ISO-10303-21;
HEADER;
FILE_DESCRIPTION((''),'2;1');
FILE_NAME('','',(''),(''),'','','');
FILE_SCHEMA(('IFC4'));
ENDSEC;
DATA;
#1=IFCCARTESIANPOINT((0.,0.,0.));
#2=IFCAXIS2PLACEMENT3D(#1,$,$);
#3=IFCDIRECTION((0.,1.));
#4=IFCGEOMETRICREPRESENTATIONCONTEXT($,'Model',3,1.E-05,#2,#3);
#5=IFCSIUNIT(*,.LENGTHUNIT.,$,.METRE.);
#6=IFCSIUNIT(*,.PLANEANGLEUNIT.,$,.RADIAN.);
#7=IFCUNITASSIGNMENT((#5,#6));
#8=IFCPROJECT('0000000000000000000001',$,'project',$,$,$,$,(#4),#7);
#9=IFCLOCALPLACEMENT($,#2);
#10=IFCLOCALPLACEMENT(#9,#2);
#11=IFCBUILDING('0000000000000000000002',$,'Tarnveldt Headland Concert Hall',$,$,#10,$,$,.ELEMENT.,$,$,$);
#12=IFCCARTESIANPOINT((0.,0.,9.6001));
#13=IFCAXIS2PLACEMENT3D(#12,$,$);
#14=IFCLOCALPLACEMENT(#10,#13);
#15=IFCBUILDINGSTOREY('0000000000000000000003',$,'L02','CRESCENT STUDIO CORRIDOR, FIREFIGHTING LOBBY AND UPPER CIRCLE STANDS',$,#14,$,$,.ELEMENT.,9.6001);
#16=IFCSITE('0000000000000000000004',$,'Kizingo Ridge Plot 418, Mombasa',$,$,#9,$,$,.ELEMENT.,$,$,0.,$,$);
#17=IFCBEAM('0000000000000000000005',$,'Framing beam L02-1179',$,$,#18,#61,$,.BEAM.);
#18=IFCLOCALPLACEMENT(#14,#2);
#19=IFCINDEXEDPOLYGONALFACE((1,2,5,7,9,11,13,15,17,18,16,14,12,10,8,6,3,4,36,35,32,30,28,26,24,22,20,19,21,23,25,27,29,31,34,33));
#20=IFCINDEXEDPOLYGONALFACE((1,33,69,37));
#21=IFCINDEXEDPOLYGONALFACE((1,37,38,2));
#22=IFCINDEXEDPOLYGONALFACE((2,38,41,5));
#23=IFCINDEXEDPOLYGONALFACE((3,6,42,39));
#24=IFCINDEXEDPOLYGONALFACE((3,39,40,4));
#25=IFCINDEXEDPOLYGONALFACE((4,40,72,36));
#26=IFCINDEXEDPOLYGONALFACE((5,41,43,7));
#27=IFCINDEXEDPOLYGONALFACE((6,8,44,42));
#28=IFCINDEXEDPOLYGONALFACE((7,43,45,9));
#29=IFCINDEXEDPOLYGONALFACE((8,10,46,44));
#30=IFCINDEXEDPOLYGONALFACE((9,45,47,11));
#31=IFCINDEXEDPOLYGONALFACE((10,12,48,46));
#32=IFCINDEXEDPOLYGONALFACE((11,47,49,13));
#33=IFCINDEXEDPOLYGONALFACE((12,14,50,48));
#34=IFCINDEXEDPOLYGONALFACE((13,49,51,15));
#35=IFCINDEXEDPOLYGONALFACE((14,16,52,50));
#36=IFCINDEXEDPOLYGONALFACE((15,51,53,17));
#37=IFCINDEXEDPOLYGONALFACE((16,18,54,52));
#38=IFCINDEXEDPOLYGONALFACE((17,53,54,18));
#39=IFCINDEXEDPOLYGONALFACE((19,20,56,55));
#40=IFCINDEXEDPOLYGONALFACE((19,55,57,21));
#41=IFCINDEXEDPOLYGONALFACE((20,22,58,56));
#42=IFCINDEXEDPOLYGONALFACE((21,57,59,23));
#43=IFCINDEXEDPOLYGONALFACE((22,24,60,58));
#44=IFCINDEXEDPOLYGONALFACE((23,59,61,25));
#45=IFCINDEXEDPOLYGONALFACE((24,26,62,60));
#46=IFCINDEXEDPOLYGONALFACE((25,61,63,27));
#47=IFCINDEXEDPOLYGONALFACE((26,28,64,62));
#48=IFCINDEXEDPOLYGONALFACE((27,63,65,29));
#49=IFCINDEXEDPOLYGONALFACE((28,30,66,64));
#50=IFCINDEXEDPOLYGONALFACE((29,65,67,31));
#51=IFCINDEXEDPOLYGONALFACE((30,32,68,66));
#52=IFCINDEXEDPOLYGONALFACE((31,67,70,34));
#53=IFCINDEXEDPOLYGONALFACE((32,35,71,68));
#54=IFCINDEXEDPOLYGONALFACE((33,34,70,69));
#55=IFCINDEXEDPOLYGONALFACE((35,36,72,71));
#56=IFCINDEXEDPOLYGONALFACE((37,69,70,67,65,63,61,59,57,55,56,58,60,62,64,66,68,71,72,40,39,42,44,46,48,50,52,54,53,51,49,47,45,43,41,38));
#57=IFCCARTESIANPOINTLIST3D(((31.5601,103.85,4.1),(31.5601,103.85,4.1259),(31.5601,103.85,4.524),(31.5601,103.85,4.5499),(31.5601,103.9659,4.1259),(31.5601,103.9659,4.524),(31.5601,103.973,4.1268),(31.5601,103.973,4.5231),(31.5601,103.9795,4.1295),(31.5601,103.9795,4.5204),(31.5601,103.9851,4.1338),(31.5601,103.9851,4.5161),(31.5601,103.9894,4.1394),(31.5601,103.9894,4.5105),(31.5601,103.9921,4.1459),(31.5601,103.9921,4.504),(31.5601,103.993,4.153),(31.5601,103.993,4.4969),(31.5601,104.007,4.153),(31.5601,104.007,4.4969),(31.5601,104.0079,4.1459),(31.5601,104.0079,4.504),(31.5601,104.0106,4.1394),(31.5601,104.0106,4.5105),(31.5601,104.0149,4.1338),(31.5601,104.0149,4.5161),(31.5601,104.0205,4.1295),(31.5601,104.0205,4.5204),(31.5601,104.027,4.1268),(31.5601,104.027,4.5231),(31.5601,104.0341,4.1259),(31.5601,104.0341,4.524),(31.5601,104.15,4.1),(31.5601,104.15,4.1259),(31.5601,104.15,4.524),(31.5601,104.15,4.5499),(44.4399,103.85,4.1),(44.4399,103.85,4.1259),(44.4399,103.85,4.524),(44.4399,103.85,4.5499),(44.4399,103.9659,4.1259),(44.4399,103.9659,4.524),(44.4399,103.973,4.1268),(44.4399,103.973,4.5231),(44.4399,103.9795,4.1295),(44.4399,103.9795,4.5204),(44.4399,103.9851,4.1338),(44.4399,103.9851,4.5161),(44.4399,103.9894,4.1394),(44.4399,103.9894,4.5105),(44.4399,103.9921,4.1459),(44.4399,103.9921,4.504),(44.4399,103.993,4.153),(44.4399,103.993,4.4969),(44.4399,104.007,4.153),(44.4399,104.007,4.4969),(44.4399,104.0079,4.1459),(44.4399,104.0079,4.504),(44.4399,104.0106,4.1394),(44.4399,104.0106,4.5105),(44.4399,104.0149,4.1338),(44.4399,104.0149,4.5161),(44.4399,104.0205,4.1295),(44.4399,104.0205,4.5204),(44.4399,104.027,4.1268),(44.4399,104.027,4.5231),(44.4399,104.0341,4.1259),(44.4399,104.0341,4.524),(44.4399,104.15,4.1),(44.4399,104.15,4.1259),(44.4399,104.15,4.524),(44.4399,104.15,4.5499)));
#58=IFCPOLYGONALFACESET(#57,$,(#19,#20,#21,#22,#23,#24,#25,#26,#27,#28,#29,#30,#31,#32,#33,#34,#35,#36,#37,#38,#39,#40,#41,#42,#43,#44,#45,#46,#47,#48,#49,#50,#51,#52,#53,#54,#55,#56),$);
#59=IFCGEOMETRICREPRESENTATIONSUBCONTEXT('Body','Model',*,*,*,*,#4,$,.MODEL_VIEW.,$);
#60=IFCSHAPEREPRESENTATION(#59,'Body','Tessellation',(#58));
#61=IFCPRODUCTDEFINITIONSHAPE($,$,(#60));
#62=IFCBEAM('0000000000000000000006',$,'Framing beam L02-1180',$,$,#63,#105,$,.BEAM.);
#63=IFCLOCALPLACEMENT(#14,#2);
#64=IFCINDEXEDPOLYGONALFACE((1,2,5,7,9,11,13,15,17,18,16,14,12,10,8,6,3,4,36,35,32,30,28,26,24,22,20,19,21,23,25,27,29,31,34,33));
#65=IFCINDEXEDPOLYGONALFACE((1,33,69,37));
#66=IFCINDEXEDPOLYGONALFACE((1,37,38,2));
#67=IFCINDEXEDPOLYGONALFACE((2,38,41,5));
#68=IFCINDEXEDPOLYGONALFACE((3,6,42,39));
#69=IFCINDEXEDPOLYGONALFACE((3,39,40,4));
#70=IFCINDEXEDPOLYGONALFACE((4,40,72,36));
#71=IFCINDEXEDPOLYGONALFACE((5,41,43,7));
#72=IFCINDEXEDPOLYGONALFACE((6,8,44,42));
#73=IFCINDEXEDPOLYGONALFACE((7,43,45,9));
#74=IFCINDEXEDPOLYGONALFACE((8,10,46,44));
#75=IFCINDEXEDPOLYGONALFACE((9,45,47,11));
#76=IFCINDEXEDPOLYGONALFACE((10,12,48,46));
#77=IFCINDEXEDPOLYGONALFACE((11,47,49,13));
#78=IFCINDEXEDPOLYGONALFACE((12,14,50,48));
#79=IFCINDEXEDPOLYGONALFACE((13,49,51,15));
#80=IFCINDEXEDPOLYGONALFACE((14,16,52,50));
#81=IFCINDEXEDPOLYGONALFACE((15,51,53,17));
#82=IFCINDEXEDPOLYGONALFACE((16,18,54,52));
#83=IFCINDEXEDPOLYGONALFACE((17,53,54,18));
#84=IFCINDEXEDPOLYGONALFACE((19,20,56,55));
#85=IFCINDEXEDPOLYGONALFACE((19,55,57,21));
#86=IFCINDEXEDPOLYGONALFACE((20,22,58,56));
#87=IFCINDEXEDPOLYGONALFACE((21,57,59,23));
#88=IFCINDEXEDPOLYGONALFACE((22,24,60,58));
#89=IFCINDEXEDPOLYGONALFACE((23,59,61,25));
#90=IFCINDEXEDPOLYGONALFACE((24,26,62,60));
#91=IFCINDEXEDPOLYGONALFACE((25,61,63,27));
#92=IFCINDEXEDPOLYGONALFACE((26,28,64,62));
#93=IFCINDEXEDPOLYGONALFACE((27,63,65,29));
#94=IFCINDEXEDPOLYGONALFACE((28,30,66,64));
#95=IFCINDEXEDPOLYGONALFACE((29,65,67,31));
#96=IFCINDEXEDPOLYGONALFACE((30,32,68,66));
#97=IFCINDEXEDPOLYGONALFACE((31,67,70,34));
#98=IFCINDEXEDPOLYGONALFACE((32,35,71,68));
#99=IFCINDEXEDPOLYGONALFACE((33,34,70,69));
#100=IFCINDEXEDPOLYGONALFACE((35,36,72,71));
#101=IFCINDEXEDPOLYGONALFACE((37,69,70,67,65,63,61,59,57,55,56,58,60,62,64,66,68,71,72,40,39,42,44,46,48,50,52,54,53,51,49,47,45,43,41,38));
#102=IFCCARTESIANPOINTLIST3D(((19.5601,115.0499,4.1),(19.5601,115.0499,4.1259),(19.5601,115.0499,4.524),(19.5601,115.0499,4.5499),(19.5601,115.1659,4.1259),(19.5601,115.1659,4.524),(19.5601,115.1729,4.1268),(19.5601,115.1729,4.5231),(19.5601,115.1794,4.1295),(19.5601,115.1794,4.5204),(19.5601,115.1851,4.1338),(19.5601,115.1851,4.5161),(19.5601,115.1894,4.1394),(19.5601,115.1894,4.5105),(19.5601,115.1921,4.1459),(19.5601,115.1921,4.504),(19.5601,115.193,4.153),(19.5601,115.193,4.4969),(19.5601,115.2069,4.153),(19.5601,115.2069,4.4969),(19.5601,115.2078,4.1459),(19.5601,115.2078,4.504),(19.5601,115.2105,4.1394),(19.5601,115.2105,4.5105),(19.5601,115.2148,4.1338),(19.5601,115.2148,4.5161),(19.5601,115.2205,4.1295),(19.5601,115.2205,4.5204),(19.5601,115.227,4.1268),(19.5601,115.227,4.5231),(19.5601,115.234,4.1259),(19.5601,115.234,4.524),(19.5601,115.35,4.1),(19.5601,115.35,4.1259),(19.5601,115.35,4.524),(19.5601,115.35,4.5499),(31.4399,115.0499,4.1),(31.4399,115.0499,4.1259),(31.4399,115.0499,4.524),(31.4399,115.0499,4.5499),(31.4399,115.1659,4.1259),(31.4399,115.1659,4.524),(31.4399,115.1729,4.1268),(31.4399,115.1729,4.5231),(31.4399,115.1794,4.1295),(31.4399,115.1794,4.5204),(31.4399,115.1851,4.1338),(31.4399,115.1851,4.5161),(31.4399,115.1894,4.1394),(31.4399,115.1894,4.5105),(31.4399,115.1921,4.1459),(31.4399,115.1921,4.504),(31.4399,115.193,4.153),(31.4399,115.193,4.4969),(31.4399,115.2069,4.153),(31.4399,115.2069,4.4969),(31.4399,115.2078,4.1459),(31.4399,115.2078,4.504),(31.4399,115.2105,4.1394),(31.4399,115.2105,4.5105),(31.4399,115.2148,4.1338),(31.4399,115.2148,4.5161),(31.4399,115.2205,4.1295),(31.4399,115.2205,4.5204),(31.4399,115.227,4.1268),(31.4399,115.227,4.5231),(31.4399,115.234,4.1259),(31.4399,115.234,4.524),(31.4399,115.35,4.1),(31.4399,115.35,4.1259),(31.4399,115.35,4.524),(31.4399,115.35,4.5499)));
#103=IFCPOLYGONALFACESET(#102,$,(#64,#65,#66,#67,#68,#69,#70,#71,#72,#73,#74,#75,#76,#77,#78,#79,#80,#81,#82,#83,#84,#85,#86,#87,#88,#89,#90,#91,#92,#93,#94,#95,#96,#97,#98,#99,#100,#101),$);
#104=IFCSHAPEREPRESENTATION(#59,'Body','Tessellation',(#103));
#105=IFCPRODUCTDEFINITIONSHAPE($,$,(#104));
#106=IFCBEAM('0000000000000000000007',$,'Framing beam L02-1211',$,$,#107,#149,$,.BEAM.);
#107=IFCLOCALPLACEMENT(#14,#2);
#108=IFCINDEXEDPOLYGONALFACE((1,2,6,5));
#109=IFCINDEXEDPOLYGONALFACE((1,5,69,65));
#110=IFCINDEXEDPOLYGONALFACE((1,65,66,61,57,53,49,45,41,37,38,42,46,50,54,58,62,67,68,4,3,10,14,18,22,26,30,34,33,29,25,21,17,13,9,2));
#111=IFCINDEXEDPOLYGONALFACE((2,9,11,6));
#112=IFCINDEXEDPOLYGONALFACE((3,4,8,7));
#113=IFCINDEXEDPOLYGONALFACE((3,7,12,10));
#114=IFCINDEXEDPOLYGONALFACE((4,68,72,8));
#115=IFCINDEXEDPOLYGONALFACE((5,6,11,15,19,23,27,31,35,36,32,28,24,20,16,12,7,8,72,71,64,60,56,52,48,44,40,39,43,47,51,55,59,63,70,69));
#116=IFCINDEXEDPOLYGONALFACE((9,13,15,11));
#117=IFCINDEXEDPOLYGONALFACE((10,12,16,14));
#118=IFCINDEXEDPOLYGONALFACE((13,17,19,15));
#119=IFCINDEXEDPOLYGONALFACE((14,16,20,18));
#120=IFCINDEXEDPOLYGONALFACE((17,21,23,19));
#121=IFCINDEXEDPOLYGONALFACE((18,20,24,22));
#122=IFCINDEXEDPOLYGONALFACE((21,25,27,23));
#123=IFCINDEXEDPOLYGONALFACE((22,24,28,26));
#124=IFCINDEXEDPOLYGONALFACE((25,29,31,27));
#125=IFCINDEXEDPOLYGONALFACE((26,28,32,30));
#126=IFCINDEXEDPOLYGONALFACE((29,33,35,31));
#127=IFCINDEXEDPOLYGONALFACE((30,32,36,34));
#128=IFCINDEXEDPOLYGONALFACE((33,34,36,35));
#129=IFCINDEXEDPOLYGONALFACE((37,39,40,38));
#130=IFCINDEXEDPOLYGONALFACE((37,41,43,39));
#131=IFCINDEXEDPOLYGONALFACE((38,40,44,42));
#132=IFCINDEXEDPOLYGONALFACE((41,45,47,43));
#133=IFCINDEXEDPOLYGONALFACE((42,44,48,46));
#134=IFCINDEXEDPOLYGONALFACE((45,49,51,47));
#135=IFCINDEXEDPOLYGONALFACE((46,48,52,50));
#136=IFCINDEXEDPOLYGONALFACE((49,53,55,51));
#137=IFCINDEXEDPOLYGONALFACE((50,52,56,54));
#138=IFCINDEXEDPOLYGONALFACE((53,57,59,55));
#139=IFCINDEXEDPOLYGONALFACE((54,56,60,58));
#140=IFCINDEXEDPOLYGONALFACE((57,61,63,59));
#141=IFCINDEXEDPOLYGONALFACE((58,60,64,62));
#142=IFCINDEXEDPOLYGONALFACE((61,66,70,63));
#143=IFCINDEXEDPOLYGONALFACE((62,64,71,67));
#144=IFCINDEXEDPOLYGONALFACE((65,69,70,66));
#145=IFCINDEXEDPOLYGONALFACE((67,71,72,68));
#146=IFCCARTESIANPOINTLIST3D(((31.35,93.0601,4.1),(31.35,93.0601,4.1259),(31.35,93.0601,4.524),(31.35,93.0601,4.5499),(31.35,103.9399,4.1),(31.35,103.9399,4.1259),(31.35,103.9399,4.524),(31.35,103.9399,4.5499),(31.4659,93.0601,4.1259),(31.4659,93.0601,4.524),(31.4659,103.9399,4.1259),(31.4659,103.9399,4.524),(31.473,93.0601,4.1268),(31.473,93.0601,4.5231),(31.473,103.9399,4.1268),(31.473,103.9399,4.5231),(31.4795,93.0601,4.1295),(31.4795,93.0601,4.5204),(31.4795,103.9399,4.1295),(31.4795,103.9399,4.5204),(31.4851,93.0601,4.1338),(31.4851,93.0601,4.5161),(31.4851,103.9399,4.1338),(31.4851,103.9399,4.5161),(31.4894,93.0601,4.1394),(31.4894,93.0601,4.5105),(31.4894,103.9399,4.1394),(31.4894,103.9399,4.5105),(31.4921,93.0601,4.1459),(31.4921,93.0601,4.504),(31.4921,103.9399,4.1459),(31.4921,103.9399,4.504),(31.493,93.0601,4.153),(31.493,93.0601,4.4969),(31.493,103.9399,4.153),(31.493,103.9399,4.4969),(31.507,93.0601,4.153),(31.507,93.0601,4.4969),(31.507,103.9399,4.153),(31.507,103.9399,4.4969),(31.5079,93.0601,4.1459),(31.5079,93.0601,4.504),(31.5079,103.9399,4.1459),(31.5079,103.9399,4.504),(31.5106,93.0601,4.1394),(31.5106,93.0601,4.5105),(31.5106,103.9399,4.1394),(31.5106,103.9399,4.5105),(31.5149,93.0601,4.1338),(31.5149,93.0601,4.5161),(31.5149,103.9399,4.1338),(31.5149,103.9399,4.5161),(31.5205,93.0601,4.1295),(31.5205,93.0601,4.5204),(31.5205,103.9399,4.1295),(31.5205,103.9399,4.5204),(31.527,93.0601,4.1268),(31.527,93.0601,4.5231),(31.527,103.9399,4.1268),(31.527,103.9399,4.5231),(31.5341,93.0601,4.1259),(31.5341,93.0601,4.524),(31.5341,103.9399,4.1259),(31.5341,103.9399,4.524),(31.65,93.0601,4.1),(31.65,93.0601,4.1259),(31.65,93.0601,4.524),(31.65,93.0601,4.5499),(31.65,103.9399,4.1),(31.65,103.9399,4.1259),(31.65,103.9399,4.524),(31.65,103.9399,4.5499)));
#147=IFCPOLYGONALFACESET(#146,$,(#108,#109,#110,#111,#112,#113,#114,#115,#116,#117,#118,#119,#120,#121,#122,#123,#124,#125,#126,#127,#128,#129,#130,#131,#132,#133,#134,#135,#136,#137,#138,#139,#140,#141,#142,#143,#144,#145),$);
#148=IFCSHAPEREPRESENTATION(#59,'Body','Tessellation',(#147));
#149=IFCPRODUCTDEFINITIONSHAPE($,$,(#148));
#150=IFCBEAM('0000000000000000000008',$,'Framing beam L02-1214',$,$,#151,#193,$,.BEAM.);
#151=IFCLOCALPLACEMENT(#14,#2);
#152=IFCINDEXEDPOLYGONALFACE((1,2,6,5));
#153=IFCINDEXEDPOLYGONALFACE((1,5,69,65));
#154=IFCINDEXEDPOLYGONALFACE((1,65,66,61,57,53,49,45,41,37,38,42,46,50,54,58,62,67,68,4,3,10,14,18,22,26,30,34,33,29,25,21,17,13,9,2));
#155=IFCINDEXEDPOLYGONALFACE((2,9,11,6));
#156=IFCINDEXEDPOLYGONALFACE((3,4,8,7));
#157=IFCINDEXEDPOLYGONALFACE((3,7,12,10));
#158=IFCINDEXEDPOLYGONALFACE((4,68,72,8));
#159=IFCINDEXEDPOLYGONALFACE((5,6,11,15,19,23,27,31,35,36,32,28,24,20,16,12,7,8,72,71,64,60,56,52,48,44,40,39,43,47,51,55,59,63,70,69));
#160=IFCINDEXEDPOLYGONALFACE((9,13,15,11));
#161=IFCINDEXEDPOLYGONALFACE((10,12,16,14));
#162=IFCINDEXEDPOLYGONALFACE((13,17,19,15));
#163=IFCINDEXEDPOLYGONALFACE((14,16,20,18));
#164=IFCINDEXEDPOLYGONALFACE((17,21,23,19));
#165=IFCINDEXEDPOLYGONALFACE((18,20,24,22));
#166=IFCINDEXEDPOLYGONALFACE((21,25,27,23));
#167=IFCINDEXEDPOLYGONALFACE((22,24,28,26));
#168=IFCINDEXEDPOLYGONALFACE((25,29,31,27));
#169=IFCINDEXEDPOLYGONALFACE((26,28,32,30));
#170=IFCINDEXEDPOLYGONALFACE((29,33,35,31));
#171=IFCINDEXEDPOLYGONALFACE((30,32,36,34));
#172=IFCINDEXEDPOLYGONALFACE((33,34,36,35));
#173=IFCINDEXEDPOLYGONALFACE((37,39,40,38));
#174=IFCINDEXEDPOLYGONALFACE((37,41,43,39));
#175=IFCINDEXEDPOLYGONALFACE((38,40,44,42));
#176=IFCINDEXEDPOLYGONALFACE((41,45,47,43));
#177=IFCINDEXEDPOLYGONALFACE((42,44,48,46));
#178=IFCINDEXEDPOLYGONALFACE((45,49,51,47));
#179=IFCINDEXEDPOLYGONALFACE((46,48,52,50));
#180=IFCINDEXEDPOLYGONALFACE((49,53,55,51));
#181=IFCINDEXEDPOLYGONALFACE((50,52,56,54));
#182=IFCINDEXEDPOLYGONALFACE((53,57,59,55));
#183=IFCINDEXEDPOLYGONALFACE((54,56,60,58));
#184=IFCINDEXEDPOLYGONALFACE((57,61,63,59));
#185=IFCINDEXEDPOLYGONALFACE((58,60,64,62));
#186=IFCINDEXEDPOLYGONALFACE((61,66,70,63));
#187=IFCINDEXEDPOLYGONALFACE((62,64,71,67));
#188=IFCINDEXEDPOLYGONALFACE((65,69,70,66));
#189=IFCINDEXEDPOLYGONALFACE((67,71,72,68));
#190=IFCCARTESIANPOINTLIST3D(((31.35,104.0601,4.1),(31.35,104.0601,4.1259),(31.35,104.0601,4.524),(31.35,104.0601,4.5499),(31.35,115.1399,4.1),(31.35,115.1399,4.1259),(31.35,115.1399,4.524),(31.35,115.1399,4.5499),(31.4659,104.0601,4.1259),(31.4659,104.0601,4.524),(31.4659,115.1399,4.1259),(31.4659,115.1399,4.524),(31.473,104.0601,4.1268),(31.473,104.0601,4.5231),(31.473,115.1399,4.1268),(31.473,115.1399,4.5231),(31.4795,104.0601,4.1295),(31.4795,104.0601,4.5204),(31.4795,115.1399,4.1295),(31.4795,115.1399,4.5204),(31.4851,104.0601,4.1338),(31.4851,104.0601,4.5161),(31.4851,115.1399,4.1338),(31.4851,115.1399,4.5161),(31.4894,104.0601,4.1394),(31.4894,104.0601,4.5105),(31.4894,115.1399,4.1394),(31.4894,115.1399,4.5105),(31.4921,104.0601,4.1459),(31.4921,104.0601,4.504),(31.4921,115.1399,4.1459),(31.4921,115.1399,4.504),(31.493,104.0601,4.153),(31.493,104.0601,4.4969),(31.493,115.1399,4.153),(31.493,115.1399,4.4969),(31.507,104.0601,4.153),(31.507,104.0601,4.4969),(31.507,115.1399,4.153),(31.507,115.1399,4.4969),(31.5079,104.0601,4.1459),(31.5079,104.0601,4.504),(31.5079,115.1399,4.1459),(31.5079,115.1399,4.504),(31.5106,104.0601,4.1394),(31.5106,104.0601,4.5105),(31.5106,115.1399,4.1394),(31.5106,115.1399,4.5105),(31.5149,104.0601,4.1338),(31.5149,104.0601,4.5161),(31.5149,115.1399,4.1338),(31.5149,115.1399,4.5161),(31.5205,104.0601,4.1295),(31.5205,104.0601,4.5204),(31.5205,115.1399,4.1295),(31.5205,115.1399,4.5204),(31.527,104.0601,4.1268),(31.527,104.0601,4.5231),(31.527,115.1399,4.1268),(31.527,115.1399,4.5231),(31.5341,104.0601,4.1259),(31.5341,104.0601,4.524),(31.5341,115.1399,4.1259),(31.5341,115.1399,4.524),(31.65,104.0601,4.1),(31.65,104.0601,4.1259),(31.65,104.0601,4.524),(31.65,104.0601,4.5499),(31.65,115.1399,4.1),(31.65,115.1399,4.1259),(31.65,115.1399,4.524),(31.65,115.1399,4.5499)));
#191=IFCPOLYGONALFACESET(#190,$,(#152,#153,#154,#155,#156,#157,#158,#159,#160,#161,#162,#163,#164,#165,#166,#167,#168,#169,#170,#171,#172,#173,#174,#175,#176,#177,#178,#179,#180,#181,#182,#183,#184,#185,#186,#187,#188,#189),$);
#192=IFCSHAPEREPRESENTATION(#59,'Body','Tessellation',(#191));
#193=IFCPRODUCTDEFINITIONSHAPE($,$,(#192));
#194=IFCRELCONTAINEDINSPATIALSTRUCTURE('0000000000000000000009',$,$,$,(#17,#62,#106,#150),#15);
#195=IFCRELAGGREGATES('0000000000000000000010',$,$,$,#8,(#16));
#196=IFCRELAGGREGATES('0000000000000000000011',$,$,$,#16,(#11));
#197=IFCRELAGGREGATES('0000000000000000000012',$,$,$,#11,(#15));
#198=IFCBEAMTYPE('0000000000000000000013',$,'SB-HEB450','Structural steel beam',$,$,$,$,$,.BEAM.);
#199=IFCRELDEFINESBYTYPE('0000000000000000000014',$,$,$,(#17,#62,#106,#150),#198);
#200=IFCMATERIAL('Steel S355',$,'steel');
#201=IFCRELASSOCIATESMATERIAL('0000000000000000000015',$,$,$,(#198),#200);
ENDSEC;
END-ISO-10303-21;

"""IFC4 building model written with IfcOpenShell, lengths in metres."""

from ifc_helpers import new_model, si_unit, direction, frame, origin, origin_2d, place, context, subcontext, project, spatial, i_section, extrude, material, material_profile, profile_set, type_object, element, save


model = new_model("IFC4")

# Units and contexts
model_context = context("Model", 3, precision=1e-05, world=origin(), true_north=direction((0.0, 1.0)))
body_context = subcontext(model_context, "Body", "Model", "MODEL_VIEW")
ifc_project = project(units=[si_unit("LENGTHUNIT", "METRE"), si_unit("PLANEANGLEUNIT", "RADIAN")], contexts=[model_context])

# Site, building, storey
site_placement = place(None, origin())
site = spatial("IfcSite", under=ifc_project, at=site_placement, Name="Kizingo Ridge Plot 418, Mombasa", CompositionType="ELEMENT", RefElevation=0.0)
building_placement = place(site_placement, origin())
building = spatial("IfcBuilding", under=site, at=building_placement, Name="Tarnveldt Headland Concert Hall", CompositionType="ELEMENT")
storey_placement = place(building_placement, frame((0.0, 0.0, 9.6001)))
storey = spatial("IfcBuildingStorey", under=building, at=storey_placement, Name="L02", Description="CRESCENT STUDIO CORRIDOR, FIREFIGHTING LOBBY AND UPPER CIRCLE STANDS", CompositionType="ELEMENT", Elevation=9.6001)

# Shared definitions
ifc_material_1 = material(Name="Steel S355", Category="steel")

# Beams
ifc_material_profile_1 = material_profile(ifc_material_1, i_section(OverallWidth=0.3, OverallDepth=0.45, WebThickness=0.0139, FlangeThickness=0.0259, FilletRadius=0.0271, at=origin_2d()), Name="HEB450", Category="steel")
ifc_profile_set_1 = profile_set([ifc_material_profile_1], Name="Steel S355")
beam_type_1 = type_object("IfcBeamType", Name="SB-HEB450", Description="Structural steel beam", PredefinedType="BEAM", material=ifc_profile_set_1)
beam_1_placement = place(storey_placement, frame((31.5601, 104.0, 4.325), z_axis=(1.0, 0.0, 0.0), x_axis=(0.0, 1.0, 0.0)))
element("IfcBeam", 1, at=beam_1_placement, inside=storey, type_object=beam_type_1, Name="Framing beam L02-1179", PredefinedType="BEAM", context=body_context, shape_type="SweptSolid", body=[
    extrude(i_section(OverallWidth=0.3, OverallDepth=0.45, WebThickness=0.0139, FlangeThickness=0.0259, FilletRadius=0.0271, at=origin_2d()), origin(), (0.0, 0.0, 1.0), 12.8799),
])
beam_2_placement = place(storey_placement, frame((19.5601, 115.2, 4.325), z_axis=(1.0, 0.0, 0.0), x_axis=(0.0, 1.0, 0.0)))
element("IfcBeam", 2, at=beam_2_placement, inside=storey, type_object=beam_type_1, Name="Framing beam L02-1180", PredefinedType="BEAM", context=body_context, shape_type="SweptSolid", body=[
    extrude(i_section(OverallWidth=0.3, OverallDepth=0.45, WebThickness=0.0139, FlangeThickness=0.0259, FilletRadius=0.0271, at=origin_2d()), origin(), (0.0, 0.0, 1.0), 11.8799),
])
beam_3_placement = place(storey_placement, frame((31.5, 93.0601, 4.325), z_axis=(0.0, 1.0, 0.0), x_axis=(-1.0, 0.0, 0.0)))
element("IfcBeam", 3, at=beam_3_placement, inside=storey, type_object=beam_type_1, Name="Framing beam L02-1211", PredefinedType="BEAM", context=body_context, shape_type="SweptSolid", body=[
    extrude(i_section(OverallWidth=0.3, OverallDepth=0.45, WebThickness=0.0139, FlangeThickness=0.0259, FilletRadius=0.0271, at=origin_2d()), origin(), (0.0, 0.0, 1.0), 10.8799),
])
beam_4_placement = place(storey_placement, frame((31.5, 104.0601, 4.325), z_axis=(0.0, 1.0, 0.0), x_axis=(-1.0, 0.0, 0.0)))
element("IfcBeam", 4, at=beam_4_placement, inside=storey, type_object=beam_type_1, Name="Framing beam L02-1214", PredefinedType="BEAM", context=body_context, shape_type="SweptSolid", body=[
    extrude(i_section(OverallWidth=0.3, OverallDepth=0.45, WebThickness=0.0139, FlangeThickness=0.0259, FilletRadius=0.0271, at=origin_2d()), origin(), (0.0, 0.0, 1.0), 11.0798),
])

save(model, "model.ifc")
